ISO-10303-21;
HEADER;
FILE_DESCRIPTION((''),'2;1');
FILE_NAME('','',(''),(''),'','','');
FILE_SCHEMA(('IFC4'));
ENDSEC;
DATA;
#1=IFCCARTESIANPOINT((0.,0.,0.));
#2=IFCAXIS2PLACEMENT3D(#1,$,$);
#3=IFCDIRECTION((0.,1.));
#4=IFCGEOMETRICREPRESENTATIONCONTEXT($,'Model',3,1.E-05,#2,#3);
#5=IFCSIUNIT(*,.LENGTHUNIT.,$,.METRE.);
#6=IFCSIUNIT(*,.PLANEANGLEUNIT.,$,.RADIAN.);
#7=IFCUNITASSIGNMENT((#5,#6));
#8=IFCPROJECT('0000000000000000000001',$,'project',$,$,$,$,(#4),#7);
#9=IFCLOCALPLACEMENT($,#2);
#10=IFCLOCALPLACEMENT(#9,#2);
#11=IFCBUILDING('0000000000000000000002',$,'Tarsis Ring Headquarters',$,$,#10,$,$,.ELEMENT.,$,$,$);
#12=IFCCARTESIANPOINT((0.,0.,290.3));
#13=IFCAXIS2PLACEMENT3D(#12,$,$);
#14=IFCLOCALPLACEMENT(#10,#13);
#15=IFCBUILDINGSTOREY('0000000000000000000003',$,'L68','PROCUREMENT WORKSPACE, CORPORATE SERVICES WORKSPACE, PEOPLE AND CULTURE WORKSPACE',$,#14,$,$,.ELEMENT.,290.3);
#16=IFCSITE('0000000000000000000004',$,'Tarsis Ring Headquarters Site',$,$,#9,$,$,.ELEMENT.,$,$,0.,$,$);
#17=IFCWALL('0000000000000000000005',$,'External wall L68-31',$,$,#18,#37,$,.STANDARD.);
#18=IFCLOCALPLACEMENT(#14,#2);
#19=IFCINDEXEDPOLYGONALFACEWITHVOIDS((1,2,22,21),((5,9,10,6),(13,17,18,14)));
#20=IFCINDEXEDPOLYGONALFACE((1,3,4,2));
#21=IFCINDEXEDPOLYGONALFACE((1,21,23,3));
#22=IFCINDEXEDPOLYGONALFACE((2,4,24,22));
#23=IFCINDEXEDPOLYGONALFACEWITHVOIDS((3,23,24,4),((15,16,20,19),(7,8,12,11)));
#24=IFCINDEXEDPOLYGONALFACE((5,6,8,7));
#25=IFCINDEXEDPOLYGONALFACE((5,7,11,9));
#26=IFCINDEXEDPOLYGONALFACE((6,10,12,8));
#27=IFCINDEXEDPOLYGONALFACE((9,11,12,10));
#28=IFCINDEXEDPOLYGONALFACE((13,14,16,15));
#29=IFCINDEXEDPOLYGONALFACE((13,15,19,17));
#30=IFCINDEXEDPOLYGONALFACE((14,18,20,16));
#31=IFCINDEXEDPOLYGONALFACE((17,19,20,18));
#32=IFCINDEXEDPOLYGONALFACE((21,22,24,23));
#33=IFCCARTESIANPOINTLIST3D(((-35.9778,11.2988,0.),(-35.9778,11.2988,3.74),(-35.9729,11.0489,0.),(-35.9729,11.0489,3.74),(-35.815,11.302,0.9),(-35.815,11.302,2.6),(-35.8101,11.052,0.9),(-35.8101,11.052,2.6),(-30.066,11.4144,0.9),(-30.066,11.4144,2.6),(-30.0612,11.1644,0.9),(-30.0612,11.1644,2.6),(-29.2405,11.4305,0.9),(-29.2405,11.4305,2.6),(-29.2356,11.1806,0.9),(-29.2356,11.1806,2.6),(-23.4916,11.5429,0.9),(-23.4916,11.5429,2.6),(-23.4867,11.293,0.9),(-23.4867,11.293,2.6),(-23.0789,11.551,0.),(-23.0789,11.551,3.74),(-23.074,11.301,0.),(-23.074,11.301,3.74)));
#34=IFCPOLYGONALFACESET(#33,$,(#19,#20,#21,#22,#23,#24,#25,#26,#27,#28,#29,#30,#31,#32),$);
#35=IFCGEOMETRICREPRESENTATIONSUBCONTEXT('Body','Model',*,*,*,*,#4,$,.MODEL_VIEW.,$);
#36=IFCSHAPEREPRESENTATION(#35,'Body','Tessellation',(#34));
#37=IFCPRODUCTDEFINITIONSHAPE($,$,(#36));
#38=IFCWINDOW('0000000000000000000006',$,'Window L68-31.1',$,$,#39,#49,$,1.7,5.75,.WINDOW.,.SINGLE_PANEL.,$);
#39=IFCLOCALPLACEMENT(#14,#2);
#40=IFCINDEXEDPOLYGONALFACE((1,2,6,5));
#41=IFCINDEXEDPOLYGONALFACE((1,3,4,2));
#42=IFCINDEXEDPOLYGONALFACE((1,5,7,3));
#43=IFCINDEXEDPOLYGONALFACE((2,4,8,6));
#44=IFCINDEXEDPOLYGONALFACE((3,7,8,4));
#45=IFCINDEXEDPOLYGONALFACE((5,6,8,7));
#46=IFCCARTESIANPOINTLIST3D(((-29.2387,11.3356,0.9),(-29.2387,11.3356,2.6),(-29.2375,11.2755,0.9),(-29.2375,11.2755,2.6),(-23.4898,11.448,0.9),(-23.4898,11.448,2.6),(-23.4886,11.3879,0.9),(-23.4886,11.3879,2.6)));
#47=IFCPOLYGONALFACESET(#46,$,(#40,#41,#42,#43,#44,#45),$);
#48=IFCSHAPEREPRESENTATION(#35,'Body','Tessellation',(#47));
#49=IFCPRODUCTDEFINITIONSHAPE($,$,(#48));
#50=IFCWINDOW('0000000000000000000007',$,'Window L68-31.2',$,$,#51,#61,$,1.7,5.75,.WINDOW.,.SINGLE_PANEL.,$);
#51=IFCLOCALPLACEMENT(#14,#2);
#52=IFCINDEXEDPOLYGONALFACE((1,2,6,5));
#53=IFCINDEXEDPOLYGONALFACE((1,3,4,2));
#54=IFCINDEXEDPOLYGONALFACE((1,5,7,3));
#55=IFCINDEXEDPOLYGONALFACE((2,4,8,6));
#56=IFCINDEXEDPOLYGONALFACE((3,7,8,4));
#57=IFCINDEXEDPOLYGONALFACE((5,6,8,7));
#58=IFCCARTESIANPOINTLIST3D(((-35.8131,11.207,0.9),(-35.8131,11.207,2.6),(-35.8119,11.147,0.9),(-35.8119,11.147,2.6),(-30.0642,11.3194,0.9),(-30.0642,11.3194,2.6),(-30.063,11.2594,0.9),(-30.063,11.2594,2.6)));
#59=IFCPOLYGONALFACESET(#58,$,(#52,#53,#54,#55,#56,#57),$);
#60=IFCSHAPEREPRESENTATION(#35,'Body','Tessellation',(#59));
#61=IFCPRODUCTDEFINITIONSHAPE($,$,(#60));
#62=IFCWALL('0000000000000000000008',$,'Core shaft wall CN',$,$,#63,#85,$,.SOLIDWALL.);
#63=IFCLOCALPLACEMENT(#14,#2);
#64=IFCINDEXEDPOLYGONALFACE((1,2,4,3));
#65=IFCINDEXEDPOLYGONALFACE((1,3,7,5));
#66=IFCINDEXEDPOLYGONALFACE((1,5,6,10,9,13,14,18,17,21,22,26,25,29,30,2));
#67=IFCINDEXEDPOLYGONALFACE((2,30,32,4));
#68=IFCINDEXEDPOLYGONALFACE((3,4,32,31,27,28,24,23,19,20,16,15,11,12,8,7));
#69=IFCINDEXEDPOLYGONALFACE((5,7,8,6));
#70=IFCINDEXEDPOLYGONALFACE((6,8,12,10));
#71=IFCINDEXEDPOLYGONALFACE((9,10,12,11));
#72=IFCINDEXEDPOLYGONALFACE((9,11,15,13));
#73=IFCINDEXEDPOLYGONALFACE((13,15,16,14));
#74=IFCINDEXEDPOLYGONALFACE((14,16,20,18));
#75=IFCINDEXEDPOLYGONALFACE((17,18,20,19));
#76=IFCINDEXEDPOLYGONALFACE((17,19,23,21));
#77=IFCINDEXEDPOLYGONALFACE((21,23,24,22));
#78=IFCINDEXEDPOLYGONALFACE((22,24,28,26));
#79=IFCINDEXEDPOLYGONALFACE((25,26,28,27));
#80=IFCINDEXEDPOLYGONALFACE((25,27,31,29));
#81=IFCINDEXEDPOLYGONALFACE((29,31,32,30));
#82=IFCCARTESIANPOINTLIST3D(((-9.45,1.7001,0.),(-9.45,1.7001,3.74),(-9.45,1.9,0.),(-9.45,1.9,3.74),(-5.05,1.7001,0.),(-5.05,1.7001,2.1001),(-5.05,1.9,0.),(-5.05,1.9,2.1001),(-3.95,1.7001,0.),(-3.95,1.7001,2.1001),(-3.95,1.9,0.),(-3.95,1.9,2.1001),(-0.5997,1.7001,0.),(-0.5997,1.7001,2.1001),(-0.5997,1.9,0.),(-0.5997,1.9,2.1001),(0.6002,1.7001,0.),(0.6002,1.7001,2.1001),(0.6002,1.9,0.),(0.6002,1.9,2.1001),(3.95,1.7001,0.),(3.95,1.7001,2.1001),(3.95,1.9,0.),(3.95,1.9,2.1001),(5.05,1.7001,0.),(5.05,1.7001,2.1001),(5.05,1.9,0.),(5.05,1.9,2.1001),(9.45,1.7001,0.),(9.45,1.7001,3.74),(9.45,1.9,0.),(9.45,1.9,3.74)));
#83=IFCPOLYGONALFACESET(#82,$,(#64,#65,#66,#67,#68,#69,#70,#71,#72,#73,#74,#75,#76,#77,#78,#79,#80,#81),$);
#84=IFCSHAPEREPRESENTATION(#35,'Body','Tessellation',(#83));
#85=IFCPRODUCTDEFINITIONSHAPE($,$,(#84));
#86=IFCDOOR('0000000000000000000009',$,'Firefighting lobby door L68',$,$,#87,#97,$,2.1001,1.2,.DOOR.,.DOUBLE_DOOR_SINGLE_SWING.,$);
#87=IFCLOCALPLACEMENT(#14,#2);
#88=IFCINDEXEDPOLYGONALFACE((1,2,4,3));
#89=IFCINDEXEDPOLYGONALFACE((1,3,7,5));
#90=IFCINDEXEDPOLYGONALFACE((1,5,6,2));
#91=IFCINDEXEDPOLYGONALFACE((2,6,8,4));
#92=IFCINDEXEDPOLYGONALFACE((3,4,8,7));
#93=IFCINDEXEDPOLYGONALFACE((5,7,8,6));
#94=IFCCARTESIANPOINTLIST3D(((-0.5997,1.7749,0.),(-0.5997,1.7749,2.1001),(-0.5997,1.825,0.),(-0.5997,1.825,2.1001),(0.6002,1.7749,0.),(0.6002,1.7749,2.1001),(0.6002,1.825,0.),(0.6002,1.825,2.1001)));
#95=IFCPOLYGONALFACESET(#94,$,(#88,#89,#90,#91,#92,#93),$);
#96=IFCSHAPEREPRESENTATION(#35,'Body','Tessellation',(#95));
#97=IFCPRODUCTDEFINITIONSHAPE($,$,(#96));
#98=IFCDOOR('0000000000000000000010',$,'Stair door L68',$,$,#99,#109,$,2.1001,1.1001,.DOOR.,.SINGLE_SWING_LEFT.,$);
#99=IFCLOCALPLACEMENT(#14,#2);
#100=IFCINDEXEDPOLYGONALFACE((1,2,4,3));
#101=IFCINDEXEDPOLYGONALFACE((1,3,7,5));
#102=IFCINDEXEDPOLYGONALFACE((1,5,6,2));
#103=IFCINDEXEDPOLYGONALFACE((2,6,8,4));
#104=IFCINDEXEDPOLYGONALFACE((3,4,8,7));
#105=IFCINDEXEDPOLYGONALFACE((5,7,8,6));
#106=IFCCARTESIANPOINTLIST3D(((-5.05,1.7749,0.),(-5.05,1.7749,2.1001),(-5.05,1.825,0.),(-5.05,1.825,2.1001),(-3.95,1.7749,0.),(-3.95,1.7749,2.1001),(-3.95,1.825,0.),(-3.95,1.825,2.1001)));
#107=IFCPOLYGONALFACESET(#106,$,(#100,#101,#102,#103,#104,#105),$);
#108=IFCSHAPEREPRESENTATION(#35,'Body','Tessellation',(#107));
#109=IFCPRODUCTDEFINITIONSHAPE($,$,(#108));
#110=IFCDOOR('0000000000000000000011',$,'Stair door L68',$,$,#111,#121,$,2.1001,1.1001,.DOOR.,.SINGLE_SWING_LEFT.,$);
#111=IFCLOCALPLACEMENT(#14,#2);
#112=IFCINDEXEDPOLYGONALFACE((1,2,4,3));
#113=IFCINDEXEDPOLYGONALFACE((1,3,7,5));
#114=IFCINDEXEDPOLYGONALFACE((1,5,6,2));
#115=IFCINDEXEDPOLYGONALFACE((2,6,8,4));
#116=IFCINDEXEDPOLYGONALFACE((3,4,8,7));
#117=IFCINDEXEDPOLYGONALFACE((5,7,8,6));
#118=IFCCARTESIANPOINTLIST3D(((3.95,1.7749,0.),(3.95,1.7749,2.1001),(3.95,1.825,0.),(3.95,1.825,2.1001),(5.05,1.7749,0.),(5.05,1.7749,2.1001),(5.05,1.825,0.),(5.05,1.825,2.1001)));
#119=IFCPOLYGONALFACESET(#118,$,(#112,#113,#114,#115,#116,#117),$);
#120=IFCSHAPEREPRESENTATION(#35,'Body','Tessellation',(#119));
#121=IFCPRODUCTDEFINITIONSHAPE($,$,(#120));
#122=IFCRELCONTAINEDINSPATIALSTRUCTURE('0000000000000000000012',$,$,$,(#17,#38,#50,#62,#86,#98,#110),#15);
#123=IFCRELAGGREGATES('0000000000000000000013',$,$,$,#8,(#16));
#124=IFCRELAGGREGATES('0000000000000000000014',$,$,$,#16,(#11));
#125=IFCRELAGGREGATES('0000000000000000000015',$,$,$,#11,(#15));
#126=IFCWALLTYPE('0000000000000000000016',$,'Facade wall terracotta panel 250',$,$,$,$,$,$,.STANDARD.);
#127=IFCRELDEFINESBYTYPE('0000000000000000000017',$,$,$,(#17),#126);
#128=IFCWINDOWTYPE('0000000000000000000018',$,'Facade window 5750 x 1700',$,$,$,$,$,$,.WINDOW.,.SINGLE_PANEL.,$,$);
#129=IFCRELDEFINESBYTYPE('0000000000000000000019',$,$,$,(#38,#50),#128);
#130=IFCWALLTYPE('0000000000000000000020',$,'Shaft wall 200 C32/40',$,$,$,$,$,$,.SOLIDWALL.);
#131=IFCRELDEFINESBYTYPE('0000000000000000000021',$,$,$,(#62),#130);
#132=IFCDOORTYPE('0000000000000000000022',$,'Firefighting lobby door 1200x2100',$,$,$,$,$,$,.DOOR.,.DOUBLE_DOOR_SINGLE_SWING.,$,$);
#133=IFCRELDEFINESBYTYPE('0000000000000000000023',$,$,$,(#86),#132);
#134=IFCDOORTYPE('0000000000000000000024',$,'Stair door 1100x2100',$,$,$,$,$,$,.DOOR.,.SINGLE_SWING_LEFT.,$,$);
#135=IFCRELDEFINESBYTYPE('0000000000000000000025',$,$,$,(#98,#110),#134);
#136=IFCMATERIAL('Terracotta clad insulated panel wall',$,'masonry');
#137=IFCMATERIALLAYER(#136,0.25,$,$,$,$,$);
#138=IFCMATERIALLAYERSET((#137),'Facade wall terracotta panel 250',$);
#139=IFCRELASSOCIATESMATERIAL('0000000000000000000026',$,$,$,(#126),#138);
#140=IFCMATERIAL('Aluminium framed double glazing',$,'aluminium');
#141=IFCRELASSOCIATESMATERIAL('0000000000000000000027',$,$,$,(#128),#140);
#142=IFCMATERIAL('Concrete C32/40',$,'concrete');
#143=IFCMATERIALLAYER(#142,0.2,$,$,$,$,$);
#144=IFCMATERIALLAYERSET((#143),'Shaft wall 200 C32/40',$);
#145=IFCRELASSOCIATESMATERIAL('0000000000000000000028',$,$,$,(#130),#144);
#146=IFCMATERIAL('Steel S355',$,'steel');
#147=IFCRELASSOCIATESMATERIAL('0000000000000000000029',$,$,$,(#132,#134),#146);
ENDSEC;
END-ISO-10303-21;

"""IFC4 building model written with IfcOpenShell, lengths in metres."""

from ifc_helpers import new_model, si_unit, direction, frame, frame_2d, origin, place, context, subcontext, project, spatial, rectangle, extrude, material, layer, layer_set, type_object, element, fill, save


model = new_model("IFC4")

# Units and contexts
model_context = context("Model", 3, precision=1e-05, world=origin(), true_north=direction((0.0, 1.0)))
body_context = subcontext(model_context, "Body", "Model", "MODEL_VIEW")
ifc_project = project(units=[si_unit("LENGTHUNIT", "METRE"), si_unit("PLANEANGLEUNIT", "RADIAN")], contexts=[model_context])

# Site, building, storey
site_placement = place(None, origin())
site = spatial("IfcSite", under=ifc_project, at=site_placement, Name="Tarsis Ring Headquarters Site", CompositionType="ELEMENT", RefElevation=0.0)
building_placement = place(site_placement, origin())
building = spatial("IfcBuilding", under=site, at=building_placement, Name="Tarsis Ring Headquarters", CompositionType="ELEMENT")
storey_placement = place(building_placement, frame((0.0, 0.0, 290.3)))
storey = spatial("IfcBuildingStorey", under=building, at=storey_placement, Name="L68", Description="PROCUREMENT WORKSPACE, CORPORATE SERVICES WORKSPACE, PEOPLE AND CULTURE WORKSPACE", CompositionType="ELEMENT", Elevation=290.3)

# Shared definitions
ifc_material_1 = material(Name="Terracotta clad insulated panel wall", Category="masonry")
ifc_layer_1 = layer(ifc_material_1, 0.25)
ifc_layer_set_1 = layer_set([ifc_layer_1], Name="Facade wall terracotta panel 250")
wall_type_1 = type_object("IfcWallType", Name="Facade wall terracotta panel 250", PredefinedType="STANDARD", material=ifc_layer_set_1)
ifc_material_2 = material(Name="Aluminium framed double glazing", Category="aluminium")

# Wall, openings, windows
wall_1_placement = place(storey_placement, frame((-23.0764, 11.426, 0.0), z_axis=(0.0, 0.0, 1.0), x_axis=(-0.999809, -0.019548, 0.0)))
wall_1 = element("IfcWall", 1, at=wall_1_placement, inside=storey, type_object=wall_type_1, Name="External wall L68-31", PredefinedType="STANDARD", context=body_context, shape_type="SweptSolid", body=[
    extrude(rectangle(XDim=12.9014, YDim=0.25, at=frame_2d((6.4507, 0.0))), origin(), (0.0, 0.0, 1.0), 3.74),
])
opening_1_placement = place(wall_1_placement, frame((0.4128, 0.0, 0.8999)))
opening_1 = element("IfcOpeningElement", 2, at=opening_1_placement, cuts=wall_1, PredefinedType="OPENING", context=body_context, shape_type="SweptSolid", body=[
    extrude(rectangle(XDim=5.75, YDim=1.7, at=frame_2d((2.875, 0.8501))), frame((0.0, 0.135, 0.0), z_axis=(0.0, -1.0, 0.0), x_axis=(1.0, 0.0, 0.0)), (0.0, 0.0, 1.0), 0.27),
])
opening_2_placement = place(wall_1_placement, frame((6.9885, 0.0, 0.8999)))
opening_2 = element("IfcOpeningElement", 3, at=opening_2_placement, cuts=wall_1, PredefinedType="OPENING", context=body_context, shape_type="SweptSolid", body=[
    extrude(rectangle(XDim=5.75, YDim=1.7, at=frame_2d((2.875, 0.8501))), frame((0.0, 0.135, 0.0), z_axis=(0.0, -1.0, 0.0), x_axis=(1.0, 0.0, 0.0)), (0.0, 0.0, 1.0), 0.27),
])
window_type_1 = type_object("IfcWindowType", Name="Facade window 5750 x 1700", PartitioningType="SINGLE_PANEL", PredefinedType="WINDOW", material=ifc_material_2)
window_1_placement = place(opening_1_placement, origin())
window_1 = element("IfcWindow", 4, at=window_1_placement, inside=storey, type_object=window_type_1, Name="Window L68-31.1", OverallHeight=1.7, OverallWidth=5.75, PartitioningType="SINGLE_PANEL", PredefinedType="WINDOW", context=body_context, shape_type="SweptSolid", body=[
    extrude(rectangle(XDim=5.75, YDim=1.7, at=frame_2d((2.875, 0.8501))), frame((0.0, 0.03, 0.0), z_axis=(0.0, -1.0, 0.0), x_axis=(1.0, 0.0, 0.0)), (0.0, 0.0, 1.0), 0.0601),
])
fill(opening_1, window_1)
window_2_placement = place(opening_2_placement, origin())
window_2 = element("IfcWindow", 5, at=window_2_placement, inside=storey, type_object=window_type_1, Name="Window L68-31.2", OverallHeight=1.7, OverallWidth=5.75, PartitioningType="SINGLE_PANEL", PredefinedType="WINDOW", context=body_context, shape_type="SweptSolid", body=[
    extrude(rectangle(XDim=5.75, YDim=1.7, at=frame_2d((2.875, 0.8501))), frame((0.0, 0.03, 0.0), z_axis=(0.0, -1.0, 0.0), x_axis=(1.0, 0.0, 0.0)), (0.0, 0.0, 1.0), 0.0601),
])
fill(opening_2, window_2)

# Wall, openings, doors
ifc_material_3 = material(Name="Concrete C32/40", Category="concrete")
ifc_layer_2 = layer(ifc_material_3, 0.2)
ifc_layer_set_2 = layer_set([ifc_layer_2], Name="Shaft wall 200 C32/40")
wall_type_2 = type_object("IfcWallType", Name="Shaft wall 200 C32/40", PredefinedType="SOLIDWALL", material=ifc_layer_set_2)
wall_2_placement = place(storey_placement, frame((-9.45, 1.8, 0.0), z_axis=(0.0, 0.0, 1.0), x_axis=(1.0, 0.0, 0.0)))
wall_2 = element("IfcWall", 6, at=wall_2_placement, inside=storey, type_object=wall_type_2, Name="Core shaft wall CN", PredefinedType="SOLIDWALL", context=body_context, shape_type="SweptSolid", body=[
    extrude(rectangle(XDim=18.8999, YDim=0.2, at=frame_2d((9.45, 0.0))), origin(), (0.0, 0.0, 1.0), 3.74),
])
opening_3_placement = place(wall_2_placement, frame((4.3999, 0.0, 0.0)))
opening_3 = element("IfcOpeningElement", 7, at=opening_3_placement, cuts=wall_2, PredefinedType="OPENING", context=body_context, shape_type="SweptSolid", body=[
    extrude(rectangle(XDim=1.1001, YDim=2.1001, at=frame_2d((0.55, 1.05))), frame((0.0, 0.1099, 0.0), z_axis=(0.0, -1.0, 0.0), x_axis=(1.0, 0.0, 0.0)), (0.0, 0.0, 1.0), 0.22),
])
opening_4_placement = place(wall_2_placement, frame((8.8501, 0.0, 0.0)))
opening_4 = element("IfcOpeningElement", 8, at=opening_4_placement, cuts=wall_2, PredefinedType="OPENING", context=body_context, shape_type="SweptSolid", body=[
    extrude(rectangle(XDim=1.2, YDim=2.1001, at=frame_2d((0.6001, 1.05))), frame((0.0, 0.1099, 0.0), z_axis=(0.0, -1.0, 0.0), x_axis=(1.0, 0.0, 0.0)), (0.0, 0.0, 1.0), 0.22),
])
opening_5_placement = place(wall_2_placement, frame((13.3999, 0.0, 0.0)))
opening_5 = element("IfcOpeningElement", 9, at=opening_5_placement, cuts=wall_2, PredefinedType="OPENING", context=body_context, shape_type="SweptSolid", body=[
    extrude(rectangle(XDim=1.1001, YDim=2.1001, at=frame_2d((0.55, 1.05))), frame((0.0, 0.1099, 0.0), z_axis=(0.0, -1.0, 0.0), x_axis=(1.0, 0.0, 0.0)), (0.0, 0.0, 1.0), 0.22),
])
ifc_material_4 = material(Name="Steel S355", Category="steel")
door_type_1 = type_object("IfcDoorType", Name="Firefighting lobby door 1200x2100", OperationType="DOUBLE_DOOR_SINGLE_SWING", PredefinedType="DOOR", material=ifc_material_4)
door_1_placement = place(opening_4_placement, origin())
door_1 = element("IfcDoor", 10, at=door_1_placement, inside=storey, type_object=door_type_1, Name="Firefighting lobby door L68", OperationType="DOUBLE_DOOR_SINGLE_SWING", OverallHeight=2.1001, OverallWidth=1.2, PredefinedType="DOOR", context=body_context, shape_type="SweptSolid", body=[
    extrude(rectangle(XDim=1.2, YDim=2.1001, at=frame_2d((0.6001, 1.05))), frame((0.0, 0.0249, 0.0), z_axis=(0.0, -1.0, 0.0), x_axis=(1.0, 0.0, 0.0)), (0.0, 0.0, 1.0), 0.05),
])
fill(opening_4, door_1)
door_type_2 = type_object("IfcDoorType", Name="Stair door 1100x2100", OperationType="SINGLE_SWING_LEFT", PredefinedType="DOOR", material=ifc_material_4)
door_2_placement = place(opening_3_placement, origin())
door_2 = element("IfcDoor", 11, at=door_2_placement, inside=storey, type_object=door_type_2, Name="Stair door L68", OperationType="SINGLE_SWING_LEFT", OverallHeight=2.1001, OverallWidth=1.1001, PredefinedType="DOOR", context=body_context, shape_type="SweptSolid", body=[
    extrude(rectangle(XDim=1.1001, YDim=2.1001, at=frame_2d((0.55, 1.05))), frame((0.0, 0.0249, 0.0), z_axis=(0.0, -1.0, 0.0), x_axis=(1.0, 0.0, 0.0)), (0.0, 0.0, 1.0), 0.05),
])
fill(opening_3, door_2)
door_3_placement = place(opening_5_placement, origin())
door_3 = element("IfcDoor", 12, at=door_3_placement, inside=storey, type_object=door_type_2, Name="Stair door L68", OperationType="SINGLE_SWING_LEFT", OverallHeight=2.1001, OverallWidth=1.1001, PredefinedType="DOOR", context=body_context, shape_type="SweptSolid", body=[
    extrude(rectangle(XDim=1.1001, YDim=2.1001, at=frame_2d((0.55, 1.05))), frame((0.0, 0.0249, 0.0), z_axis=(0.0, -1.0, 0.0), x_axis=(1.0, 0.0, 0.0)), (0.0, 0.0, 1.0), 0.05),
])
fill(opening_5, door_3)

save(model, "model.ifc")
